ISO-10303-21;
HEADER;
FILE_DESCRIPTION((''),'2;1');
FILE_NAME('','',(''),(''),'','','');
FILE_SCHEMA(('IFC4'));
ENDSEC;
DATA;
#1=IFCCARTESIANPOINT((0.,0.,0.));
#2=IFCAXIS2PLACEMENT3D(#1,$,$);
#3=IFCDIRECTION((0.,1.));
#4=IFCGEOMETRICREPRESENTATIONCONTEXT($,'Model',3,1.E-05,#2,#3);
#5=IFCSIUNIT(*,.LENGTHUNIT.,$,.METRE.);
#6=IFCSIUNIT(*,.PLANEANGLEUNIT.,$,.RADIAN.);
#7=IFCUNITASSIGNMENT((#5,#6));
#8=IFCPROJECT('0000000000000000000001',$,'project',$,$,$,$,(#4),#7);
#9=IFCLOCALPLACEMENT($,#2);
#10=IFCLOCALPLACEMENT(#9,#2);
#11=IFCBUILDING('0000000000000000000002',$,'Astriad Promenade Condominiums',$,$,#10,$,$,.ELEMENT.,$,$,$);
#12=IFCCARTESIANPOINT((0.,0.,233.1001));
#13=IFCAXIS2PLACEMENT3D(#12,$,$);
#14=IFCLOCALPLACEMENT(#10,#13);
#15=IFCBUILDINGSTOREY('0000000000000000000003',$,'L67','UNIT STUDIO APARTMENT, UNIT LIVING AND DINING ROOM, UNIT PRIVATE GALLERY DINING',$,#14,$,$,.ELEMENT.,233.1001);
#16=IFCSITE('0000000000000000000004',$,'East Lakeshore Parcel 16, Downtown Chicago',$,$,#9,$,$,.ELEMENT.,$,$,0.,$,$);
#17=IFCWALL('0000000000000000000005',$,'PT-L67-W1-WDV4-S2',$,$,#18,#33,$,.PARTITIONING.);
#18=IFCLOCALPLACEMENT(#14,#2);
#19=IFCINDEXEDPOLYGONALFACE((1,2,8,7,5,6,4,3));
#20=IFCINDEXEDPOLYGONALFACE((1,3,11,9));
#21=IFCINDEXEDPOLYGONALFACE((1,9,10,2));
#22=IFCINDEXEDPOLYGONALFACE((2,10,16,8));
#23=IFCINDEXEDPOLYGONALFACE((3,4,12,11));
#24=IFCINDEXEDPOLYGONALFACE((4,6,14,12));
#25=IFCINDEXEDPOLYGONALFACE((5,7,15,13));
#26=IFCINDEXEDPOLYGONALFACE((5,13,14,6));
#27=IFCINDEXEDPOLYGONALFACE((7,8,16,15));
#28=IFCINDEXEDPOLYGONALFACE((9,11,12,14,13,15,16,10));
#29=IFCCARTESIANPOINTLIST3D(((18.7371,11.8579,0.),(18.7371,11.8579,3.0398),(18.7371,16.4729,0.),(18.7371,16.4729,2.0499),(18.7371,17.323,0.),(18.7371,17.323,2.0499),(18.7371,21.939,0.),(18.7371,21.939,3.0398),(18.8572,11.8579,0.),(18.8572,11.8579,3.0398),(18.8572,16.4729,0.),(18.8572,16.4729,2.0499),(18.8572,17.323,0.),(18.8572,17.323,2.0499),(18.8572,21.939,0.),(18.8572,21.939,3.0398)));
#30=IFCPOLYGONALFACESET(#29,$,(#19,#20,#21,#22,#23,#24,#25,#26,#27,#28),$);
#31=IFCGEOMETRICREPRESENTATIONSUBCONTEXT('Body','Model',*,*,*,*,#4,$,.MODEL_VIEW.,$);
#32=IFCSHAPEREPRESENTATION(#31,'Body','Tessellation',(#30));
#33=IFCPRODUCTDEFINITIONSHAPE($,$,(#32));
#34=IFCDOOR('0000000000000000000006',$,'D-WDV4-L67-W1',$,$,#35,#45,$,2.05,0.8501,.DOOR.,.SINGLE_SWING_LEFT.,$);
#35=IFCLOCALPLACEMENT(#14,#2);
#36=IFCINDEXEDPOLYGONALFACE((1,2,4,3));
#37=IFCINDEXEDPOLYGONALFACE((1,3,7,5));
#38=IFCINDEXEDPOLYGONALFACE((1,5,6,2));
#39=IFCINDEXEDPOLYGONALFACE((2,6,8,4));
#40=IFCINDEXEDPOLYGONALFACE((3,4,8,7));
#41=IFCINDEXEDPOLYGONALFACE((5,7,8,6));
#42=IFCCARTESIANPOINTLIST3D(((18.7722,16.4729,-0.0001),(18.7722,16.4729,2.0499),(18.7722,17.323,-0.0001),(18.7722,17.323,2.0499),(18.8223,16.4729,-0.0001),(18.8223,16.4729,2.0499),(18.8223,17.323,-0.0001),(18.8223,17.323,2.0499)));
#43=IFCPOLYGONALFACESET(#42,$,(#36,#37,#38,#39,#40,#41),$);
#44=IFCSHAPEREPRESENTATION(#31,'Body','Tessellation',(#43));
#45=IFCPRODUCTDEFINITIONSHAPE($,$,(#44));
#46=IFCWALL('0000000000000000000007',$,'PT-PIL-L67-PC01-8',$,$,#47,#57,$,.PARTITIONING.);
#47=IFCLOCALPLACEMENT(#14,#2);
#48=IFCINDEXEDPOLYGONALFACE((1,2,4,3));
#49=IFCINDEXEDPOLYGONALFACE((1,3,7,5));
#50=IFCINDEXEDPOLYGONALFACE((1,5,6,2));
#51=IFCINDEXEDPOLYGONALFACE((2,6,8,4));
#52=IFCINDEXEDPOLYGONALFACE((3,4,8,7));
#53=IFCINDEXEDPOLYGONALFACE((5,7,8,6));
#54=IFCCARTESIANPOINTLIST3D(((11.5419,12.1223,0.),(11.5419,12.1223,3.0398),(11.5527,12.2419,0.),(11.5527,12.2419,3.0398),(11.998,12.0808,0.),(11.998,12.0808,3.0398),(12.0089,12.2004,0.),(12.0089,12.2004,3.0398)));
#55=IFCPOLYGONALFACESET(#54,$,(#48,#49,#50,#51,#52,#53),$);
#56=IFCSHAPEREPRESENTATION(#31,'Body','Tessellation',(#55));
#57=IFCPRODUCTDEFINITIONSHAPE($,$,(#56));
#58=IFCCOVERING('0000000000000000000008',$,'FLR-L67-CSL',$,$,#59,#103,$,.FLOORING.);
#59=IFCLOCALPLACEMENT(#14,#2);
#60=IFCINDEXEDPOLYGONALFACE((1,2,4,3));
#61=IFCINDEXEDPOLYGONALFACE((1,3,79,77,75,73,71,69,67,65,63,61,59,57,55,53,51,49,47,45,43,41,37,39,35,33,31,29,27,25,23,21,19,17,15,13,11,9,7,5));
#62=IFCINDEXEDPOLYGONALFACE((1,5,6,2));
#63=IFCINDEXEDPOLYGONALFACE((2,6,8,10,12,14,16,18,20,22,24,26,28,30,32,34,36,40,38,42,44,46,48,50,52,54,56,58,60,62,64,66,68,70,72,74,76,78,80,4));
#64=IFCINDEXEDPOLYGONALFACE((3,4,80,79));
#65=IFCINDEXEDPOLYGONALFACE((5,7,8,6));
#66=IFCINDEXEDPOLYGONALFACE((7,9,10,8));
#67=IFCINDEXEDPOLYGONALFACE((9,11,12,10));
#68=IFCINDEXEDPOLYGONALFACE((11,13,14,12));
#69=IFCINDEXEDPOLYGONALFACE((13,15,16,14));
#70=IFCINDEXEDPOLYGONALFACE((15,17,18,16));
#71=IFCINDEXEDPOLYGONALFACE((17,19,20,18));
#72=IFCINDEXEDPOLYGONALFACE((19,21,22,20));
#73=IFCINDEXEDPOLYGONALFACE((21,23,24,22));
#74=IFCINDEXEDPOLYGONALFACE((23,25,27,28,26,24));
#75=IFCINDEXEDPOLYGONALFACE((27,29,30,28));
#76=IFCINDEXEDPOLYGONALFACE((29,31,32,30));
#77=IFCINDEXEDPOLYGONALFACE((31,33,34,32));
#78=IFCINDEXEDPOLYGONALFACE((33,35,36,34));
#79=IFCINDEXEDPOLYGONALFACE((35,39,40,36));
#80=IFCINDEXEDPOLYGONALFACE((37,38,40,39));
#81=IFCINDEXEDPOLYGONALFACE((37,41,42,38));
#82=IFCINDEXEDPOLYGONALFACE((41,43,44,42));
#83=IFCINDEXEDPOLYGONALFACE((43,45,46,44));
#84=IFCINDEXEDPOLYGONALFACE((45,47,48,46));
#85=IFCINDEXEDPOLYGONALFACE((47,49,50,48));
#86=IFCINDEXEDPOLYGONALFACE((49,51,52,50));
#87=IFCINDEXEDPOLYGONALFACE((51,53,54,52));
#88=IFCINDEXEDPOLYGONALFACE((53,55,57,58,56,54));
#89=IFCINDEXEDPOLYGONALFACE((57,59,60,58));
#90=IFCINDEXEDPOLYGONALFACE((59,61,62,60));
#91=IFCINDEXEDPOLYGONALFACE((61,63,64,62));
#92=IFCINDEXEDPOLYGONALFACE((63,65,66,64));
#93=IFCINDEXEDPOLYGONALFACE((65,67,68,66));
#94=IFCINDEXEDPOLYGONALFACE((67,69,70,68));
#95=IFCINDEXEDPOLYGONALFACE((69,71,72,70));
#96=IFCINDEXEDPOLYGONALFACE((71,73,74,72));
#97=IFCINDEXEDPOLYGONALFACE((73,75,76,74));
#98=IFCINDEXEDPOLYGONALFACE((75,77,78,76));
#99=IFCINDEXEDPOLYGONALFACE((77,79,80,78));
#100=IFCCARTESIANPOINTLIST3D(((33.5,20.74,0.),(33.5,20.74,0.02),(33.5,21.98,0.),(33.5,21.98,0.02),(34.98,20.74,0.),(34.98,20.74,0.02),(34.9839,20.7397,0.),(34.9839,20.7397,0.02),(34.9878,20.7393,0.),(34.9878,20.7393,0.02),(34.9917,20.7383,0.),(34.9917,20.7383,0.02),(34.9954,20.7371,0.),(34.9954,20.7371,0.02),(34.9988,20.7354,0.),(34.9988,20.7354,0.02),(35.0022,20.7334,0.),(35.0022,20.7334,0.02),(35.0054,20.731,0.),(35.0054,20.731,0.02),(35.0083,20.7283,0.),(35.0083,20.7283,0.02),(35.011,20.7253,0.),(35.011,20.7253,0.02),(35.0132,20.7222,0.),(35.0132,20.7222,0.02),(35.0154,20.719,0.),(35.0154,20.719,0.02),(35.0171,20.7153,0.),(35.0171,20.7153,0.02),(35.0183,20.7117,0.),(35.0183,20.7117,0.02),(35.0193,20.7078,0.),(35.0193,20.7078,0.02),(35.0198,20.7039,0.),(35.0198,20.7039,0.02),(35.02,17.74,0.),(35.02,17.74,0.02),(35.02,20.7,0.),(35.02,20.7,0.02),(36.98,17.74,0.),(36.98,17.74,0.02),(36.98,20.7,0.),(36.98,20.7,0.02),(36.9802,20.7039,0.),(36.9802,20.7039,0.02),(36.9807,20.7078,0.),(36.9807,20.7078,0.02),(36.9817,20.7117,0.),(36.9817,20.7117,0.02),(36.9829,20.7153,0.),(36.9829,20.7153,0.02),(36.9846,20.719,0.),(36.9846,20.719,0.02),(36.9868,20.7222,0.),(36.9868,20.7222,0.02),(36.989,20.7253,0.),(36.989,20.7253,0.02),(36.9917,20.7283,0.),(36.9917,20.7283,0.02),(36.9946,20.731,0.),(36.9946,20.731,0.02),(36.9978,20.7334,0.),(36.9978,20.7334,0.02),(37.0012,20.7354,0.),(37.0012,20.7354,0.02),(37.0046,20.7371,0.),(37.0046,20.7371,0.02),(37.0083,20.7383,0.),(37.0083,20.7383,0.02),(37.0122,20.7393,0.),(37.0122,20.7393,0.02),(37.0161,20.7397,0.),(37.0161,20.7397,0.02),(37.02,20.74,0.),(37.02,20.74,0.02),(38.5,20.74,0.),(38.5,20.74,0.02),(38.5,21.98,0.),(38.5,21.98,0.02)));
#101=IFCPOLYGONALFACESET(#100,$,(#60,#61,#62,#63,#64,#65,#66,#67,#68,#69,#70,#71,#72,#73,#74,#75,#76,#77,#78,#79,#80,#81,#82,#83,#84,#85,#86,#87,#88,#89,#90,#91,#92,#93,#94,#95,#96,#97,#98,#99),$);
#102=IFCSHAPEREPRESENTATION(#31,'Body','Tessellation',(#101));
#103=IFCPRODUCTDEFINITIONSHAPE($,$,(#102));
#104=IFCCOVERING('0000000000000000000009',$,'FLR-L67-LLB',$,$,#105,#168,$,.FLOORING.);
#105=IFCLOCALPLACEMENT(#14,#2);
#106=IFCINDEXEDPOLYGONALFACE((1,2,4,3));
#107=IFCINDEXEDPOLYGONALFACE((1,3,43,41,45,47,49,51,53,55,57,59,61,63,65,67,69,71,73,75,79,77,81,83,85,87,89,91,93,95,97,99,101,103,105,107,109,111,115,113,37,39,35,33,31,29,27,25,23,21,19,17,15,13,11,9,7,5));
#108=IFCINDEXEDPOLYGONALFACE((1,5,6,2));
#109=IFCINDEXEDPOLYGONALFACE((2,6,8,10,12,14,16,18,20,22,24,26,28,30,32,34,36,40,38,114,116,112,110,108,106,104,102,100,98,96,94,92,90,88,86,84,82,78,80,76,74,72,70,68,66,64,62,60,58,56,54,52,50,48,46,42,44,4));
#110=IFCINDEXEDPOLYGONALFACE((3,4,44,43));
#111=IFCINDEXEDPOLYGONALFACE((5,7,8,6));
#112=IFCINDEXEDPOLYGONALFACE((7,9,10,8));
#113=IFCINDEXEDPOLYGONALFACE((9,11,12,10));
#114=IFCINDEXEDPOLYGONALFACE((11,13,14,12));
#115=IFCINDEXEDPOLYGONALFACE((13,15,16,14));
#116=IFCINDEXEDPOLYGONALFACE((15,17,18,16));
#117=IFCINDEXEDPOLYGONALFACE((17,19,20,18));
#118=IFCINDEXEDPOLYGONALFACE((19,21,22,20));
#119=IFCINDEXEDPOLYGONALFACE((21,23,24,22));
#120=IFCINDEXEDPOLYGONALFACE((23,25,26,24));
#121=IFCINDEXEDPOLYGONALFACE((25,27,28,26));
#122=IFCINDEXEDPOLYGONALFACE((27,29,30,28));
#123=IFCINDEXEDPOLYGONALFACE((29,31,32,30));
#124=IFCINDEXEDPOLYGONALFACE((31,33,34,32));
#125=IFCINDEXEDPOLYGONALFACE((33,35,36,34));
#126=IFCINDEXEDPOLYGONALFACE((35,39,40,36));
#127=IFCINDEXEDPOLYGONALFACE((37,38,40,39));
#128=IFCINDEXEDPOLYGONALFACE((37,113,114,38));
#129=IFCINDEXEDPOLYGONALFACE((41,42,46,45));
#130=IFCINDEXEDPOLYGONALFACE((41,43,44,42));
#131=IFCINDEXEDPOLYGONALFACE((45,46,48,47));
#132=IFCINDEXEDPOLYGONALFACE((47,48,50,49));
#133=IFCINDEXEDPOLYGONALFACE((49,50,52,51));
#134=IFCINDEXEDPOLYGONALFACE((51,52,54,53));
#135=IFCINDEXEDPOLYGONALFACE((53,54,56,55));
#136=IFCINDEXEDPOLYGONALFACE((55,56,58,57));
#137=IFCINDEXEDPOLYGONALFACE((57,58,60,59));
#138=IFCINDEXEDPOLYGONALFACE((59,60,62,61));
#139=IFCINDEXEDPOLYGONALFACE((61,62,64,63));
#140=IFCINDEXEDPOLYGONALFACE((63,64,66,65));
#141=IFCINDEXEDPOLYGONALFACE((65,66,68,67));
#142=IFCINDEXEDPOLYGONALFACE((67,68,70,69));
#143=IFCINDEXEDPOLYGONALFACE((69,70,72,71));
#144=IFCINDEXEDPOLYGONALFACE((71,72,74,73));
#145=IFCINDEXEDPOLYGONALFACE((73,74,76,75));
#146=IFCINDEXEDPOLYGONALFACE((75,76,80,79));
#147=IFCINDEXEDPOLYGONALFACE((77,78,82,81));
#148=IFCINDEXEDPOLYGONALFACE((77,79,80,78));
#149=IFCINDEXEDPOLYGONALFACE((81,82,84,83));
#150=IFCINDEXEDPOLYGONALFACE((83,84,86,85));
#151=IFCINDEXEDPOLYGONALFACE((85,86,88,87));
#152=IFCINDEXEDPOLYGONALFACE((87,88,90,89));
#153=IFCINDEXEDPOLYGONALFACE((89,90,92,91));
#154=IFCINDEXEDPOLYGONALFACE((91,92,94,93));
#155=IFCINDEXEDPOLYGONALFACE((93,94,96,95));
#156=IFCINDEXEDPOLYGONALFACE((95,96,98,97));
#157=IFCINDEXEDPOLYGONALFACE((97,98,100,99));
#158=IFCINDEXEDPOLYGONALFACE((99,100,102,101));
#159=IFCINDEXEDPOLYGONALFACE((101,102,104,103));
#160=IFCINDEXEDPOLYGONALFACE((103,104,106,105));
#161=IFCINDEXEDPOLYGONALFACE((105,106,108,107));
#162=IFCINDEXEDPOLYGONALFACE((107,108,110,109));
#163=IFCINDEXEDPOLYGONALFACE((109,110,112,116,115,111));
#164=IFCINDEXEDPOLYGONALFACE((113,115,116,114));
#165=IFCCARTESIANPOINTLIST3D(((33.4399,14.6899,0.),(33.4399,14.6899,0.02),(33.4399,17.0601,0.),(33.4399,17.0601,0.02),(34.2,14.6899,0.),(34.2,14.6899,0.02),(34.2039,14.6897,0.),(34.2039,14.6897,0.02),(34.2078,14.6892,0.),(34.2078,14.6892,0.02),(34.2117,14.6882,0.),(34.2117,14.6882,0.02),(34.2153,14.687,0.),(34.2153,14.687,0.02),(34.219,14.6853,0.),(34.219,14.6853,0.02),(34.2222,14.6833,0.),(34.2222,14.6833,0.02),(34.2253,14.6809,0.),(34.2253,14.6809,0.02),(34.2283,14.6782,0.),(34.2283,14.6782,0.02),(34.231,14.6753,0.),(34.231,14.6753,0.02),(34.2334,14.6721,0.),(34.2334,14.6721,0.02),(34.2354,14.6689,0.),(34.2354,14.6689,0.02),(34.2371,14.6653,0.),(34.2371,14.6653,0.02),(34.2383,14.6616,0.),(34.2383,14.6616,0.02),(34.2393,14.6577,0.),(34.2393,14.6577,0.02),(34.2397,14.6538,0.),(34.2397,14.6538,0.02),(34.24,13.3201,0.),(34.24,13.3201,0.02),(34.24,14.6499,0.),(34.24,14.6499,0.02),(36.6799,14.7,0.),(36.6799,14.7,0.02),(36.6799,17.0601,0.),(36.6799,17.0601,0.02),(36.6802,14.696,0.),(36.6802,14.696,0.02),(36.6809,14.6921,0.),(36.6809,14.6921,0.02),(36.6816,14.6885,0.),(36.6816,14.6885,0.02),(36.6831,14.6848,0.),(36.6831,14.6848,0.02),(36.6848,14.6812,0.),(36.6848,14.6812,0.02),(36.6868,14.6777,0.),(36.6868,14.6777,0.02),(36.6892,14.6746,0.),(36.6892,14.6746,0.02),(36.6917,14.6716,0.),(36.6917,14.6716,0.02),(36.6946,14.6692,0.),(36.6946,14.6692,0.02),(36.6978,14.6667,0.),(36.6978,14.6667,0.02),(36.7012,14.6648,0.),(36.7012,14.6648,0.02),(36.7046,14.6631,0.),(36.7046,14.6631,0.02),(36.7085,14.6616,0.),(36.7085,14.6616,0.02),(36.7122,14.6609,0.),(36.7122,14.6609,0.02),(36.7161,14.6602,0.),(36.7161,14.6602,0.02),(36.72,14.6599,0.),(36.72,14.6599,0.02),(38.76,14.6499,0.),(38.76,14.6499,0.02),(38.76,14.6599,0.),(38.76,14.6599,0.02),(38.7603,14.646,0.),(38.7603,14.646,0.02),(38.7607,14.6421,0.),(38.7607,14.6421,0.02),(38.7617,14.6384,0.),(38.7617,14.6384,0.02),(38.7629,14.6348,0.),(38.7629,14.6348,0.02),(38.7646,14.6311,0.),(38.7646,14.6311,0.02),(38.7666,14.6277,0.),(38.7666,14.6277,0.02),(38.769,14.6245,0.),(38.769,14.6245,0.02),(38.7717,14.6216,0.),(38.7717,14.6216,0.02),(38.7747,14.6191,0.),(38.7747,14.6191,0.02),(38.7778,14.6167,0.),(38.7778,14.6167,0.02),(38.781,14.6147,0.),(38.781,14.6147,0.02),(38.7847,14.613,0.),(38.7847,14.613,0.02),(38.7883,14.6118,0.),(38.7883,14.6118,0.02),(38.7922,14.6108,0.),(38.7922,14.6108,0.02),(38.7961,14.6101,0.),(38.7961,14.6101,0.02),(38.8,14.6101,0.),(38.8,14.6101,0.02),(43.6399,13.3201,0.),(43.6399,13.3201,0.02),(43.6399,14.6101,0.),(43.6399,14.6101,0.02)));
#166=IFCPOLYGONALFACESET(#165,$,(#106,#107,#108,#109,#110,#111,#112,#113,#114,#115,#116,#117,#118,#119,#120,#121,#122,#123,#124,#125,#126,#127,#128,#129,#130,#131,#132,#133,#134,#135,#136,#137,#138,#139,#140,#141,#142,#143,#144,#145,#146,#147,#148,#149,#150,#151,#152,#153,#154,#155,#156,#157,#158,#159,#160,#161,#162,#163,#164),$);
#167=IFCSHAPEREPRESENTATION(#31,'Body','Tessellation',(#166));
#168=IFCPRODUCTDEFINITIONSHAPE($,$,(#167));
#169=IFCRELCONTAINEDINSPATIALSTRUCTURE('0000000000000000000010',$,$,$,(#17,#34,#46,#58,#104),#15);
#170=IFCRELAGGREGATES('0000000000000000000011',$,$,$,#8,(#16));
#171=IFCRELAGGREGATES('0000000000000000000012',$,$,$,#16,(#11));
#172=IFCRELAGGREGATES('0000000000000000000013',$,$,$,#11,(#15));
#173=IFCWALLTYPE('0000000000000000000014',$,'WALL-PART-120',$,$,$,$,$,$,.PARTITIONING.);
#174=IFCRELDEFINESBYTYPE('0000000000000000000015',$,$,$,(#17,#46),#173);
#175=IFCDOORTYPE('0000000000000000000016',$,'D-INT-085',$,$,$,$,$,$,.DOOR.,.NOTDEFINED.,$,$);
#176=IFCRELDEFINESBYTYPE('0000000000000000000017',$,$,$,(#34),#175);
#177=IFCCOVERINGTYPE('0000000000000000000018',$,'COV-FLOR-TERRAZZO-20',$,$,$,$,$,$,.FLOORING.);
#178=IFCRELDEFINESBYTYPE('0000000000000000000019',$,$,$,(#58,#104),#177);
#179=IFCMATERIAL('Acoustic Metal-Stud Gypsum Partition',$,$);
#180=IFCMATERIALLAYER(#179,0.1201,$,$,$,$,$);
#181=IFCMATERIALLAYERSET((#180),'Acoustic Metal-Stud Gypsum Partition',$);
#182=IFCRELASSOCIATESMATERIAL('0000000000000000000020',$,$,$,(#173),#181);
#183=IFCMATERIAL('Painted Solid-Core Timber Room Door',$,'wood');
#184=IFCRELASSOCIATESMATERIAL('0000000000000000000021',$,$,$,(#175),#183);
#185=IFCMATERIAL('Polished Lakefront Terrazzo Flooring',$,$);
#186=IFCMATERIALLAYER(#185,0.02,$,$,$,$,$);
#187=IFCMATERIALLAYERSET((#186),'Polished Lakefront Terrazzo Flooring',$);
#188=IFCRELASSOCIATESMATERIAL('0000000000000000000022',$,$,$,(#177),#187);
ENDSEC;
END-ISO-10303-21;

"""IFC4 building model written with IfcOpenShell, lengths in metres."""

from ifc_helpers import new_model, si_unit, direction, frame, frame_2d, origin, place, context, subcontext, project, spatial, polyline, rectangle, outline, extrude, source, transform, mapped, material, layer, layer_set, type_object, type_shapes, element, fill, save


model = new_model("IFC4")

# Units and contexts
model_context = context("Model", 3, precision=1e-05, world=origin(), true_north=direction((0.0, 1.0)))
body_context = subcontext(model_context, "Body", "Model", "MODEL_VIEW")
ifc_project = project(units=[si_unit("LENGTHUNIT", "METRE"), si_unit("PLANEANGLEUNIT", "RADIAN")], contexts=[model_context])

# Site, building, storey
site_placement = place(None, origin())
site = spatial("IfcSite", under=ifc_project, at=site_placement, Name="East Lakeshore Parcel 16, Downtown Chicago", CompositionType="ELEMENT", RefElevation=0.0)
building_placement = place(site_placement, origin())
building = spatial("IfcBuilding", under=site, at=building_placement, Name="Astriad Promenade Condominiums", CompositionType="ELEMENT")
storey_placement = place(building_placement, frame((0.0, 0.0, 233.1001)))
storey = spatial("IfcBuildingStorey", under=building, at=storey_placement, Name="L67", Description="UNIT STUDIO APARTMENT, UNIT LIVING AND DINING ROOM, UNIT PRIVATE GALLERY DINING", CompositionType="ELEMENT", Elevation=233.1001)

# Shared definitions
ifc_material_1 = material(Name="Acoustic Metal-Stud Gypsum Partition")
ifc_layer_1 = layer(ifc_material_1, 0.1201)
ifc_layer_set_1 = layer_set([ifc_layer_1], Name="Acoustic Metal-Stud Gypsum Partition")
wall_type_1 = type_object("IfcWallType", Name="WALL-PART-120", PredefinedType="PARTITIONING", material=ifc_layer_set_1)
ifc_material_2 = material(Name="Painted Solid-Core Timber Room Door", Category="wood")
door_type = type_object("IfcDoorType", Name="D-INT-085", OperationType="NOTDEFINED", PredefinedType="DOOR", material=ifc_material_2)
shared_shape_1 = source(origin(), body_context, "Body", "SweptSolid", [
    extrude(rectangle(XDim=0.8501, YDim=2.05, at=frame_2d((0.425, 1.0249))), frame((0.0, 0.0249, 0.0), z_axis=(0.0, -1.0, 0.0), x_axis=(1.0, 0.0, 0.0)), (0.0, 0.0, 1.0), 0.05),
])
type_shapes(door_type, [shared_shape_1])

# Wall, opening, door
wall_1_placement = place(storey_placement, frame((18.7971, 11.8579, 0.0), z_axis=(0.0, 0.0, 1.0), x_axis=(0.0, 1.0, 0.0)))
wall_1 = element("IfcWall", 1, at=wall_1_placement, inside=storey, type_object=wall_type_1, Name="PT-L67-W1-WDV4-S2", PredefinedType="PARTITIONING", context=body_context, shape_type="SweptSolid", body=[
    extrude(rectangle(XDim=10.0811, YDim=0.1201, at=frame_2d((5.0405, 0.0))), origin(), (0.0, 0.0, 1.0), 3.0398),
])
opening_1_placement = place(wall_1_placement, frame((4.615, 0.0, 0.0)))
opening_1 = element("IfcOpeningElement", 2, at=opening_1_placement, cuts=wall_1, PredefinedType="OPENING", context=body_context, shape_type="SweptSolid", body=[
    extrude(rectangle(XDim=0.8501, YDim=2.05, at=frame_2d((0.425, 1.0249))), frame((0.0, 0.0701, 0.0), z_axis=(0.0, -1.0, 0.0), x_axis=(1.0, 0.0, 0.0)), (0.0, 0.0, 1.0), 0.1401),
])
door_1_placement = place(opening_1_placement, origin())
door_1 = element("IfcDoor", 3, at=door_1_placement, inside=storey, type_object=door_type, Name="D-WDV4-L67-W1", OperationType="SINGLE_SWING_LEFT", OverallHeight=2.05, OverallWidth=0.8501, PredefinedType="DOOR", context=body_context, shape_type="MappedRepresentation", body=[
    mapped(shared_shape_1, transform((0.0, 0.0, 0.0), scale=1.0)),
])
fill(opening_1, door_1)

# Wall
wall_2_placement = place(storey_placement, frame((12.0034, 12.1406, 0.0), z_axis=(0.0, 0.0, 1.0), x_axis=(-0.995884, 0.090632, 0.0)))
element("IfcWall", 4, at=wall_2_placement, inside=storey, type_object=wall_type_1, Name="PT-PIL-L67-PC01-8", PredefinedType="PARTITIONING", context=body_context, shape_type="SweptSolid", body=[
    extrude(rectangle(XDim=0.458, YDim=0.1201, at=frame_2d((0.229, 0.0))), origin(), (0.0, 0.0, 1.0), 3.0398),
])

# Coverings
ifc_material_3 = material(Name="Polished Lakefront Terrazzo Flooring")
ifc_layer_2 = layer(ifc_material_3, 0.02)
ifc_layer_set_2 = layer_set([ifc_layer_2], Name="Polished Lakefront Terrazzo Flooring")
covering_type = type_object("IfcCoveringType", Name="COV-FLOR-TERRAZZO-20", PredefinedType="FLOORING", material=ifc_layer_set_2)
covering_1_placement = place(storey_placement, origin())
element("IfcCovering", 5, at=covering_1_placement, inside=storey, type_object=covering_type, Name="FLR-L67-CSL", PredefinedType="FLOORING", context=body_context, shape_type="SweptSolid", body=[
    extrude(outline(polyline([(36.98, 20.7), (36.98, 17.74), (35.02, 17.74), (35.02, 20.7), (35.0198, 20.7039), (35.0193, 20.7078), (35.0183, 20.7117), (35.0171, 20.7153), (35.0154, 20.719), (35.0132, 20.7222), (35.011, 20.7253), (35.0083, 20.7283), (35.0054, 20.731), (35.0022, 20.7334), (34.9988, 20.7354), (34.9954, 20.7371), (34.9917, 20.7383), (34.9878, 20.7393), (34.9839, 20.7397), (34.98, 20.74), (33.5, 20.74), (33.5, 21.98), (38.5, 21.98), (38.5, 20.74), (37.02, 20.74), (37.0161, 20.7397), (37.0122, 20.7393), (37.0083, 20.7383), (37.0046, 20.7371), (37.0012, 20.7354), (36.9978, 20.7334), (36.9946, 20.731), (36.9917, 20.7283), (36.989, 20.7253), (36.9868, 20.7222), (36.9846, 20.719), (36.9829, 20.7153), (36.9817, 20.7117), (36.9807, 20.7078), (36.9802, 20.7039), (36.98, 20.7)])), origin(), (0.0, 0.0, 1.0), 0.02),
])
covering_2_placement = place(storey_placement, origin())
element("IfcCovering", 6, at=covering_2_placement, inside=storey, type_object=covering_type, Name="FLR-L67-LLB", PredefinedType="FLOORING", context=body_context, shape_type="SweptSolid", body=[
    extrude(outline(polyline([(43.6399, 14.6101), (43.6399, 13.3201), (34.24, 13.3201), (34.24, 14.6499), (34.2397, 14.6538), (34.2393, 14.6577), (34.2383, 14.6616), (34.2371, 14.6653), (34.2354, 14.6689), (34.2334, 14.6721), (34.231, 14.6753), (34.2283, 14.6782), (34.2253, 14.6809), (34.2222, 14.6833), (34.219, 14.6853), (34.2153, 14.687), (34.2117, 14.6882), (34.2078, 14.6892), (34.2039, 14.6897), (34.2, 14.6899), (33.4399, 14.6899), (33.4399, 17.0601), (36.6799, 17.0601), (36.6799, 14.7), (36.6802, 14.696), (36.6809, 14.6921), (36.6816, 14.6885), (36.6831, 14.6848), (36.6848, 14.6812), (36.6868, 14.6777), (36.6892, 14.6746), (36.6917, 14.6716), (36.6946, 14.6692), (36.6978, 14.6667), (36.7012, 14.6648), (36.7046, 14.6631), (36.7085, 14.6616), (36.7122, 14.6609), (36.7161, 14.6602), (36.72, 14.6599), (38.76, 14.6599), (38.76, 14.6499), (38.7603, 14.646), (38.7607, 14.6421), (38.7617, 14.6384), (38.7629, 14.6348), (38.7646, 14.6311), (38.7666, 14.6277), (38.769, 14.6245), (38.7717, 14.6216), (38.7747, 14.6191), (38.7778, 14.6167), (38.781, 14.6147), (38.7847, 14.613), (38.7883, 14.6118), (38.7922, 14.6108), (38.7961, 14.6101), (38.8, 14.6101), (43.6399, 14.6101)])), origin(), (0.0, 0.0, 1.0), 0.02),
])

save(model, "model.ifc")
